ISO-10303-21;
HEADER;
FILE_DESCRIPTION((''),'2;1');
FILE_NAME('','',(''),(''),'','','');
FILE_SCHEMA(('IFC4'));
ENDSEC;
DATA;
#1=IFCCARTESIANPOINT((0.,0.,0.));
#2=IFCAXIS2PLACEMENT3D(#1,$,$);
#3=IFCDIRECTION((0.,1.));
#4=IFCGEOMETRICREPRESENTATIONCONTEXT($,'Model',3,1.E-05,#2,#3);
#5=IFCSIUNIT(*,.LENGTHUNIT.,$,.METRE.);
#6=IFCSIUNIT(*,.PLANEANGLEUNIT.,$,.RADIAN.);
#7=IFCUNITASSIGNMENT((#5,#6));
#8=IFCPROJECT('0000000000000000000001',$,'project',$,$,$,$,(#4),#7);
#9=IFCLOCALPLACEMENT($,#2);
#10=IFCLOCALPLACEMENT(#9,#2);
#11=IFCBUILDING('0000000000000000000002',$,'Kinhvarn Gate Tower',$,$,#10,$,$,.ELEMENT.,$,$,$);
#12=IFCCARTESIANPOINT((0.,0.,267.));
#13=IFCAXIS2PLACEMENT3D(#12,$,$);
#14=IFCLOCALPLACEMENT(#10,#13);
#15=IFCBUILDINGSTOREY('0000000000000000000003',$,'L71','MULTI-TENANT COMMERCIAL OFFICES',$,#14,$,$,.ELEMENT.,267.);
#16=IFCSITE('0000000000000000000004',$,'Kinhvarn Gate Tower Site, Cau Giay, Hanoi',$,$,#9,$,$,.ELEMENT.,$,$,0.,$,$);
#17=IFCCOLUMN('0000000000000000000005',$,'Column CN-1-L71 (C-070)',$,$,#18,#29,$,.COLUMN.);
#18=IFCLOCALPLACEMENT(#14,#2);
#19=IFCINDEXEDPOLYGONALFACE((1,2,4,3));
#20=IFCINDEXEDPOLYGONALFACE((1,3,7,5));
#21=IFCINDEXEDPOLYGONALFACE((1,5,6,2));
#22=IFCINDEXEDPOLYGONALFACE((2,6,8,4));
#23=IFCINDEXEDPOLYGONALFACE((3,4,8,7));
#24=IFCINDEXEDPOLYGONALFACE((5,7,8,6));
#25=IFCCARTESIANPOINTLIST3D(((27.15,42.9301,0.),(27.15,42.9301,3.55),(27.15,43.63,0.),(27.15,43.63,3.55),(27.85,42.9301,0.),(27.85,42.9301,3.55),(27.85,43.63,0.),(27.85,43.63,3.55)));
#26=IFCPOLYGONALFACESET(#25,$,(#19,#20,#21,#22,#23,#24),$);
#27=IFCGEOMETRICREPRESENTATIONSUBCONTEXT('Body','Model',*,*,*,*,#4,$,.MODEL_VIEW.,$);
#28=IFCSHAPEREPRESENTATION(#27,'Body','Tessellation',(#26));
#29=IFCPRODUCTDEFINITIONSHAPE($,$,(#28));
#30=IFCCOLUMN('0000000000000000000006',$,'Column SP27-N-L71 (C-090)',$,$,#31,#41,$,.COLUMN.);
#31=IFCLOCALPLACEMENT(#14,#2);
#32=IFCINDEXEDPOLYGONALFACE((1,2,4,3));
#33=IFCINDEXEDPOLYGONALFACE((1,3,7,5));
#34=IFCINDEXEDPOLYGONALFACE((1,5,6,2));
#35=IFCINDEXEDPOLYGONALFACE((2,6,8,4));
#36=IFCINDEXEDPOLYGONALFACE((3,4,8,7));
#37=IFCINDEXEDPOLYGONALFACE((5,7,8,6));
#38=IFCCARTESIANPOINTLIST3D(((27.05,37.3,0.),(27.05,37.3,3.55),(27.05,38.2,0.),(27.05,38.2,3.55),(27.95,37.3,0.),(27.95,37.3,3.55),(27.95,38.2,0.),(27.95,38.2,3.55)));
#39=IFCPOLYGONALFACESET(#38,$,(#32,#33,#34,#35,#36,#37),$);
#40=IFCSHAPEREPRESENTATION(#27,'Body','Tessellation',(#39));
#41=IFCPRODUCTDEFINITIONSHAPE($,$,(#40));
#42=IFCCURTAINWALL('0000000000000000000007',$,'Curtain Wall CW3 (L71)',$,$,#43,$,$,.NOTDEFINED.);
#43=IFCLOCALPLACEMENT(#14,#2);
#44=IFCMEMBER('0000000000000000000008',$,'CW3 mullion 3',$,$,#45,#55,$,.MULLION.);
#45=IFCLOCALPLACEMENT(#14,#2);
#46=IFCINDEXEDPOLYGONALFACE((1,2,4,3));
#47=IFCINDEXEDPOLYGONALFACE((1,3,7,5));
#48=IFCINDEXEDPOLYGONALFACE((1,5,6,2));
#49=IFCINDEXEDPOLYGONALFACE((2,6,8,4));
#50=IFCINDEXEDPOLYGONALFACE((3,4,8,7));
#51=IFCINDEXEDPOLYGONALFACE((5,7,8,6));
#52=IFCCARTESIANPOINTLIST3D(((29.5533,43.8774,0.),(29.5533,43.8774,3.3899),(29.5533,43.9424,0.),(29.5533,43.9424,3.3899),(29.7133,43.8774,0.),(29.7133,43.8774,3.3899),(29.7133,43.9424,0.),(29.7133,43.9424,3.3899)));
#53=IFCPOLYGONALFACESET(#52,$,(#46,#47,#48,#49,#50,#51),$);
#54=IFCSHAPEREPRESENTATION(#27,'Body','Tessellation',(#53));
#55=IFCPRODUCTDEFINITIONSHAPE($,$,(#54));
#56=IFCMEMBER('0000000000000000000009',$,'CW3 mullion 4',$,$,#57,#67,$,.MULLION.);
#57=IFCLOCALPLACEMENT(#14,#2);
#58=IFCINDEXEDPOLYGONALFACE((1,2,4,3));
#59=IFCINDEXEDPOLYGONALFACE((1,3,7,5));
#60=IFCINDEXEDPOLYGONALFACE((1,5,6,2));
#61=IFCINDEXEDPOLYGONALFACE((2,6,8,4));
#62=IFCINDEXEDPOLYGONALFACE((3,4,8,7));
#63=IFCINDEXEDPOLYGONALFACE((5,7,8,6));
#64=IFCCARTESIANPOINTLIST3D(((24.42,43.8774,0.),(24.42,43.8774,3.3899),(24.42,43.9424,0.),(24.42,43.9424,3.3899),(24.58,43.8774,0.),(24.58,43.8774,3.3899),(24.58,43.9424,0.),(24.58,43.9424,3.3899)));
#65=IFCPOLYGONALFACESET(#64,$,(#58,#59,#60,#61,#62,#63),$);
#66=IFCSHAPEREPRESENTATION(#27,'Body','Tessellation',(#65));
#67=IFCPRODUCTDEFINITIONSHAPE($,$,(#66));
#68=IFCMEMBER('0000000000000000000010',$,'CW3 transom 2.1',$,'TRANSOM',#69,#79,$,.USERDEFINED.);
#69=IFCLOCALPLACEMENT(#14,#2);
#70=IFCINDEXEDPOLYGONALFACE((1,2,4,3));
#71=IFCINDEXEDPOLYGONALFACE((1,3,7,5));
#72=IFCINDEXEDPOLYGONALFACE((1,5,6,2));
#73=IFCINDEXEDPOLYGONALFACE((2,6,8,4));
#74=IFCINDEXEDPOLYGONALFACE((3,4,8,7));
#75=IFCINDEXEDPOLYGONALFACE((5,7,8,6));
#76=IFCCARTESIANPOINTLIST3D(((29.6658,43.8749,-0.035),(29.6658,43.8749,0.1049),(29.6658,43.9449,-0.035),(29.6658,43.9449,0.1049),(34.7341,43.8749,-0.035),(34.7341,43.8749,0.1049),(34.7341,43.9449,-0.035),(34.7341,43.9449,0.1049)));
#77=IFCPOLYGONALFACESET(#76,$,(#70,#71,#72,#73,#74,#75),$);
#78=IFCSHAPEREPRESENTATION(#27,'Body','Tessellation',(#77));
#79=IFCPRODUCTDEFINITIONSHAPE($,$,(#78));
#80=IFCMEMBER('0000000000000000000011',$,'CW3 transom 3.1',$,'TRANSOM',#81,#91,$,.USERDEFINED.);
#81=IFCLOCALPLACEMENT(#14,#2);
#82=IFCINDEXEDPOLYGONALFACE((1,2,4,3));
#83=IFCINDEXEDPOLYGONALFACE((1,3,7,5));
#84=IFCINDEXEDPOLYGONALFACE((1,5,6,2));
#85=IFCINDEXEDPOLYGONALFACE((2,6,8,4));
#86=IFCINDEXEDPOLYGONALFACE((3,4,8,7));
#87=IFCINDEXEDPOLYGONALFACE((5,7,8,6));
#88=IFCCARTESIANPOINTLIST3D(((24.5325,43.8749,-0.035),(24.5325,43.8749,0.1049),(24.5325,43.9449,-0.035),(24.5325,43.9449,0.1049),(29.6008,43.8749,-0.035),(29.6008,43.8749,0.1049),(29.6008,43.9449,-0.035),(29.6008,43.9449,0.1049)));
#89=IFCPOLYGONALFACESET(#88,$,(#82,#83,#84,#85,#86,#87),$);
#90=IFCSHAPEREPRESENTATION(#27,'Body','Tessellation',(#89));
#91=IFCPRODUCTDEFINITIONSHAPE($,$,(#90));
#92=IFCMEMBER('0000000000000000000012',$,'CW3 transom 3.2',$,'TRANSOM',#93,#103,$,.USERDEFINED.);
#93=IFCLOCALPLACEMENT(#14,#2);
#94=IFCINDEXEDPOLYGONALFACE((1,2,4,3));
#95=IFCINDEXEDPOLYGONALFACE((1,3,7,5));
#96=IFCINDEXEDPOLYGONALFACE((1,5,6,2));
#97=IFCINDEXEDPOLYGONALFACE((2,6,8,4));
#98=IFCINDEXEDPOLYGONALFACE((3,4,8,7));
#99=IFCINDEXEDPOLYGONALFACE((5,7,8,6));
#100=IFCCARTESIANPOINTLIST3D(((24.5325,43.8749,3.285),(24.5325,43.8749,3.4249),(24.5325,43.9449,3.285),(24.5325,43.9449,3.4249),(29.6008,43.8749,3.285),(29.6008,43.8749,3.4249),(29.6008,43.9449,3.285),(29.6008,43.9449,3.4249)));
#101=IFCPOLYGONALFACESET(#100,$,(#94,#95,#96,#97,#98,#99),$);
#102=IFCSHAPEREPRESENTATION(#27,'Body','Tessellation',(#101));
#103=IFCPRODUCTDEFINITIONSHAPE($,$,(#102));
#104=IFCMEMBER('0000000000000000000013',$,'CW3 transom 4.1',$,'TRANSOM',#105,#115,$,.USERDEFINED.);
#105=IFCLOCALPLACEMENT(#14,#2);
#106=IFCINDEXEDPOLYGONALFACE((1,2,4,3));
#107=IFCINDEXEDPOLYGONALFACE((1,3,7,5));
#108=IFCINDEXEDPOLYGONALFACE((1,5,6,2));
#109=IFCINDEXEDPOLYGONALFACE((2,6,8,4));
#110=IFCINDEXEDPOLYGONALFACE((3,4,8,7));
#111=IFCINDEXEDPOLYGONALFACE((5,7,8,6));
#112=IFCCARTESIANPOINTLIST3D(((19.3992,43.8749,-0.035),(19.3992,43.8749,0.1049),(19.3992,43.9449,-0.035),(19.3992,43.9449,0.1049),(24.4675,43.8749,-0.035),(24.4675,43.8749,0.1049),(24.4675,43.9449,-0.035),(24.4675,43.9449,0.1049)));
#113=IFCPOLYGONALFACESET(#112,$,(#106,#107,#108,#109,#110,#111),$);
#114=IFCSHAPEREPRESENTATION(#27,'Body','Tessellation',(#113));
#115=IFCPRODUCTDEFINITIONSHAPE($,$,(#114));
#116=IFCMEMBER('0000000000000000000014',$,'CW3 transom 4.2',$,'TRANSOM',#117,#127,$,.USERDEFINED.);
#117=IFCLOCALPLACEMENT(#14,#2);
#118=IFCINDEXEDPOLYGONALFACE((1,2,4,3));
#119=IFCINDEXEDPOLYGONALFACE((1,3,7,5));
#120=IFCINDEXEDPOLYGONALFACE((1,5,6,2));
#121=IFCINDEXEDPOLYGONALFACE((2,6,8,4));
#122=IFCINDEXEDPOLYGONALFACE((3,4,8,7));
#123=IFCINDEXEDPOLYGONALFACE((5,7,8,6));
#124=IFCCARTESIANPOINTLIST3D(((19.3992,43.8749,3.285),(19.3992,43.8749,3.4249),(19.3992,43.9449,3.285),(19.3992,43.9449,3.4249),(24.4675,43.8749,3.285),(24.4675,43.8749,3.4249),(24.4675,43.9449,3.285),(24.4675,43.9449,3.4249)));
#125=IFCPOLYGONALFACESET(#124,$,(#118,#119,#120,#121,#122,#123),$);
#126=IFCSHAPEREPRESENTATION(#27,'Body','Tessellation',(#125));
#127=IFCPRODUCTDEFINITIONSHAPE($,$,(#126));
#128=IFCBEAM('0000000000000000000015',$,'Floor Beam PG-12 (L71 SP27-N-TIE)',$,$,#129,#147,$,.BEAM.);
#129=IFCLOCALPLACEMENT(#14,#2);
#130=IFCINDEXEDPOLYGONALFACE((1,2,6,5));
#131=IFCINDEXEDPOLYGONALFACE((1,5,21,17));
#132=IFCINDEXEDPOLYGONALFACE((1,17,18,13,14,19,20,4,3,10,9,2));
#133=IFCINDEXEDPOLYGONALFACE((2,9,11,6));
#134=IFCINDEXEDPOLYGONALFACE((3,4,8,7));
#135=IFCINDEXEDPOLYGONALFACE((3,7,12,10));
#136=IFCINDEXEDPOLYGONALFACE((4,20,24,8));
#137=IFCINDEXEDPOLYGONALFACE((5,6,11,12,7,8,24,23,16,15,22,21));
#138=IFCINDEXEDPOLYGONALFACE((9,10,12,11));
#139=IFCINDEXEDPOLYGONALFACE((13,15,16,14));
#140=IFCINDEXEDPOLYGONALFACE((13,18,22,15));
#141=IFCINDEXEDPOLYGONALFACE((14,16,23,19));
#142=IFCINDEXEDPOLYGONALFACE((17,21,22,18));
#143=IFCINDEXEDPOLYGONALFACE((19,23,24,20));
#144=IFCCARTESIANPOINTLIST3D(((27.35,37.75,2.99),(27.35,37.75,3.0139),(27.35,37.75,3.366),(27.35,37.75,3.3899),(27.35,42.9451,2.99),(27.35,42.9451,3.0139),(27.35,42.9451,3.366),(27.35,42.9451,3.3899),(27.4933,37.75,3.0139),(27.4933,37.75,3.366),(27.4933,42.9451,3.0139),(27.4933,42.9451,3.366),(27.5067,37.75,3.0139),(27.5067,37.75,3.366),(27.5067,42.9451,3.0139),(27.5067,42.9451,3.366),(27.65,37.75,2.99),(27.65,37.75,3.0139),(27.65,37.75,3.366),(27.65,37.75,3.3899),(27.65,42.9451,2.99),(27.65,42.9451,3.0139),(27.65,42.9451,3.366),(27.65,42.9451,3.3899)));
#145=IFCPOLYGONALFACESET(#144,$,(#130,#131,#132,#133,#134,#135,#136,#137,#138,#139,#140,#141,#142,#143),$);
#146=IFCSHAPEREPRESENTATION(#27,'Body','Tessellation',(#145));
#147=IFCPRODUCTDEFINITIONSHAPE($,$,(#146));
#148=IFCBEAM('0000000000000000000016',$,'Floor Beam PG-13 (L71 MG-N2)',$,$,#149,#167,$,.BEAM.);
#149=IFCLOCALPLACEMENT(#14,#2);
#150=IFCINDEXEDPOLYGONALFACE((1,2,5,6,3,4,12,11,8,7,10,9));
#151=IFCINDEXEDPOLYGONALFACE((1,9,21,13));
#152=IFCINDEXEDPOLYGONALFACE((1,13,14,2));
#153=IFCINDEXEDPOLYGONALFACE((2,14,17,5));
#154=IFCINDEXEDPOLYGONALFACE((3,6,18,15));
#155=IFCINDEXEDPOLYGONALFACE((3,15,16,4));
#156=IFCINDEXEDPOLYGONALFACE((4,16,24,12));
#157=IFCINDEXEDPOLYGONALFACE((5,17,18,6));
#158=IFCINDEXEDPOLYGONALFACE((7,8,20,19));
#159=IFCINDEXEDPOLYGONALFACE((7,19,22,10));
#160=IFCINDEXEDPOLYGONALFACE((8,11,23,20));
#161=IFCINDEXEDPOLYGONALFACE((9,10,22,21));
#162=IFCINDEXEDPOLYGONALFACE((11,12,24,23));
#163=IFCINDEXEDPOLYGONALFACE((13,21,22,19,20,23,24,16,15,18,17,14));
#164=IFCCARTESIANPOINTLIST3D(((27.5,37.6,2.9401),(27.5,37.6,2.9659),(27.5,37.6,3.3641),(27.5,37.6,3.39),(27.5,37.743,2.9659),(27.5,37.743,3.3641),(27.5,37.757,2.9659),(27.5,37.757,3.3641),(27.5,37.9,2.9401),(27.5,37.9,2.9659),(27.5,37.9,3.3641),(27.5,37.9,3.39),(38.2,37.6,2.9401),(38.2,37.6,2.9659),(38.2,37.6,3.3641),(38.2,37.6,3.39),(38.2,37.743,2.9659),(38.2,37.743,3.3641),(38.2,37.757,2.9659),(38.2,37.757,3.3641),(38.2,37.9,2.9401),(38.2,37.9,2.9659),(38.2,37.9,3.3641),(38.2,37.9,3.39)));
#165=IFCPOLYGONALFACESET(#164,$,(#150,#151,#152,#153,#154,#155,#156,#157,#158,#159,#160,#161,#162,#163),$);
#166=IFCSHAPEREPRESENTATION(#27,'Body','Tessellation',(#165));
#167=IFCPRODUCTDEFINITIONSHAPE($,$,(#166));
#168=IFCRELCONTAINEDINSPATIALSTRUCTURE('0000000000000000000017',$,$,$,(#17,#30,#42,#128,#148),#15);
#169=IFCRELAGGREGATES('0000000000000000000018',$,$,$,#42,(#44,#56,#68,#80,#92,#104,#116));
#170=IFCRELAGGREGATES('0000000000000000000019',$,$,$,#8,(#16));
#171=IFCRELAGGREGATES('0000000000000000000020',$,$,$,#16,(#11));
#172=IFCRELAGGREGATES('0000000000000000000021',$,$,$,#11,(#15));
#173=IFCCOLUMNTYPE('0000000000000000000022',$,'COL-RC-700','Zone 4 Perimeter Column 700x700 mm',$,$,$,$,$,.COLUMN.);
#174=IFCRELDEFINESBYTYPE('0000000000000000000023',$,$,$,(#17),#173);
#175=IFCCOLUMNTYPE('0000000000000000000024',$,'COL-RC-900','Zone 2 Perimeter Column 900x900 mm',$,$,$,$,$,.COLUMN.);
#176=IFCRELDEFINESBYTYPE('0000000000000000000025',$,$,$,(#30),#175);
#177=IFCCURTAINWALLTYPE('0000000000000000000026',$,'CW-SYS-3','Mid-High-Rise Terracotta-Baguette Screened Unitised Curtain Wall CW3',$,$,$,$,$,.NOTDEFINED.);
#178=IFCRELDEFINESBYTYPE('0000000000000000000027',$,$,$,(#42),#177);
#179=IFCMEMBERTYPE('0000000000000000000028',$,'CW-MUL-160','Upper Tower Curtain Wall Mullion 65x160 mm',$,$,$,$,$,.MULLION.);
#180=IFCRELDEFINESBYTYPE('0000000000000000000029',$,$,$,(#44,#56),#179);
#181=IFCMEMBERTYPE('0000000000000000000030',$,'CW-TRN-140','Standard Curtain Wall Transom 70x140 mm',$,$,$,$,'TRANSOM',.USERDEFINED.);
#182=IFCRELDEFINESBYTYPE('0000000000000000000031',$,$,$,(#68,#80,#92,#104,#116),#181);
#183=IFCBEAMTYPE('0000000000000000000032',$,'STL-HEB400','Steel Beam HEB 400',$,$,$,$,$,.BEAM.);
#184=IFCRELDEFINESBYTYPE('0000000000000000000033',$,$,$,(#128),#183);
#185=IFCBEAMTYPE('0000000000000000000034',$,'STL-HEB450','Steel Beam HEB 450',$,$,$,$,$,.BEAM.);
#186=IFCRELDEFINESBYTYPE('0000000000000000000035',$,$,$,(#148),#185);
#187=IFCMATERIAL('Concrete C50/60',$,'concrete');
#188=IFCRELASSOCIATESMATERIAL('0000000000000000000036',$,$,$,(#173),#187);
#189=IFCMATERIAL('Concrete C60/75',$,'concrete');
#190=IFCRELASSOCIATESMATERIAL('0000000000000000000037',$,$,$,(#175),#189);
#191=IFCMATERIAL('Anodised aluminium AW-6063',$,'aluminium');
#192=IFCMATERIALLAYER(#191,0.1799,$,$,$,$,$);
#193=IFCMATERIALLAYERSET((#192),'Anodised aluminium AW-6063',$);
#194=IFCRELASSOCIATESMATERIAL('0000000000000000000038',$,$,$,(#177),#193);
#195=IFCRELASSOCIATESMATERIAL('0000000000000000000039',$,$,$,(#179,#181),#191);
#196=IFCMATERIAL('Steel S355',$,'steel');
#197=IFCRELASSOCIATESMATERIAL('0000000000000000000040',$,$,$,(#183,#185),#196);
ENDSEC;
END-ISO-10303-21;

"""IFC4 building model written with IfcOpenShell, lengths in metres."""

from ifc_helpers import new_model, si_unit, direction, frame, origin, origin_2d, place, context, subcontext, project, spatial, rectangle, i_section, extrude, material, layer, layer_set, material_profile, profile_set, type_object, element, aggregate, save


model = new_model("IFC4")

# Units and contexts
model_context = context("Model", 3, precision=1e-05, world=origin(), true_north=direction((0.0, 1.0)))
body_context = subcontext(model_context, "Body", "Model", "MODEL_VIEW")
ifc_project = project(units=[si_unit("LENGTHUNIT", "METRE"), si_unit("PLANEANGLEUNIT", "RADIAN")], contexts=[model_context])

# Site, building, storey
site_placement = place(None, origin())
site = spatial("IfcSite", under=ifc_project, at=site_placement, Name="Kinhvarn Gate Tower Site, Cau Giay, Hanoi", CompositionType="ELEMENT", RefElevation=0.0)
building_placement = place(site_placement, origin())
building = spatial("IfcBuilding", under=site, at=building_placement, Name="Kinhvarn Gate Tower", CompositionType="ELEMENT")
storey_placement = place(building_placement, frame((0.0, 0.0, 267.0)))
storey = spatial("IfcBuildingStorey", under=building, at=storey_placement, Name="L71", Description="MULTI-TENANT COMMERCIAL OFFICES", CompositionType="ELEMENT", Elevation=267.0)

# Columns
ifc_material_1 = material(Name="Concrete C50/60", Category="concrete")
ifc_material_profile_1 = material_profile(ifc_material_1, rectangle(XDim=0.7, YDim=0.7, at=origin_2d()), Name="RC 700x700")
ifc_profile_set_1 = profile_set([ifc_material_profile_1], Name="Concrete C50/60")
column_type_1 = type_object("IfcColumnType", Name="COL-RC-700", Description="Zone 4 Perimeter Column 700x700 mm", PredefinedType="COLUMN", material=ifc_profile_set_1)
column_1_placement = place(storey_placement, frame((27.5, 43.28, 0.0), z_axis=(0.0, 0.0, 1.0), x_axis=(1.0, 0.0, 0.0)))
element("IfcColumn", 1, at=column_1_placement, inside=storey, type_object=column_type_1, Name="Column CN-1-L71 (C-070)", PredefinedType="COLUMN", context=body_context, shape_type="SweptSolid", body=[
    extrude(rectangle(XDim=0.7, YDim=0.7, at=origin_2d()), origin(), (0.0, 0.0, 1.0), 3.55),
])
ifc_material_2 = material(Name="Concrete C60/75", Category="concrete")
ifc_material_profile_2 = material_profile(ifc_material_2, rectangle(XDim=0.8999, YDim=0.8999, at=origin_2d()), Name="RC 900x900")
ifc_profile_set_2 = profile_set([ifc_material_profile_2], Name="Concrete C60/75")
column_type_2 = type_object("IfcColumnType", Name="COL-RC-900", Description="Zone 2 Perimeter Column 900x900 mm", PredefinedType="COLUMN", material=ifc_profile_set_2)
column_2_placement = place(storey_placement, frame((27.5, 37.75, 0.0), z_axis=(0.0, 0.0, 1.0), x_axis=(1.0, 0.0, 0.0)))
element("IfcColumn", 2, at=column_2_placement, inside=storey, type_object=column_type_2, Name="Column SP27-N-L71 (C-090)", PredefinedType="COLUMN", context=body_context, shape_type="SweptSolid", body=[
    extrude(rectangle(XDim=0.8999, YDim=0.8999, at=origin_2d()), origin(), (0.0, 0.0, 1.0), 3.55),
])

# Curtain wall, members
ifc_material_3 = material(Name="Anodised aluminium AW-6063", Category="aluminium")
ifc_layer_1 = layer(ifc_material_3, 0.1799)
ifc_layer_set_1 = layer_set([ifc_layer_1], Name="Anodised aluminium AW-6063")
curtain_wall_type = type_object("IfcCurtainWallType", Name="CW-SYS-3", Description="Mid-High-Rise Terracotta-Baguette Screened Unitised Curtain Wall CW3", PredefinedType="NOTDEFINED", material=ifc_layer_set_1)
curtain_wall_placement = place(storey_placement, origin())
curtain_wall = element("IfcCurtainWall", 3, at=curtain_wall_placement, inside=storey, type_object=curtain_wall_type, Name="Curtain Wall CW3 (L71)", PredefinedType="NOTDEFINED")
ifc_material_profile_3 = material_profile(ifc_material_3, rectangle(XDim=0.0649, YDim=0.1599, at=origin_2d()), Name="ALU 65x160")
ifc_profile_set_3 = profile_set([ifc_material_profile_3], Name="Anodised aluminium AW-6063")
member_type_1 = type_object("IfcMemberType", Name="CW-MUL-160", Description="Upper Tower Curtain Wall Mullion 65x160 mm", PredefinedType="MULLION", material=ifc_profile_set_3)
member_1_placement = place(storey_placement, frame((29.6333, 43.9099, 0.0), z_axis=(0.0, 0.0, 1.0), x_axis=(0.0, -1.0, 0.0)))
member_1 = element("IfcMember", 4, at=member_1_placement, type_object=member_type_1, Name="CW3 mullion 3", PredefinedType="MULLION", context=body_context, shape_type="SweptSolid", body=[
    extrude(rectangle(XDim=0.0649, YDim=0.1599, at=origin_2d()), origin(), (0.0, 0.0, 1.0), 3.3899),
])
member_2_placement = place(storey_placement, frame((24.5, 43.9099, 0.0), z_axis=(0.0, 0.0, 1.0), x_axis=(0.0, -1.0, 0.0)))
member_2 = element("IfcMember", 5, at=member_2_placement, type_object=member_type_1, Name="CW3 mullion 4", PredefinedType="MULLION", context=body_context, shape_type="SweptSolid", body=[
    extrude(rectangle(XDim=0.0649, YDim=0.1599, at=origin_2d()), origin(), (0.0, 0.0, 1.0), 3.3899),
])
ifc_material_profile_4 = material_profile(ifc_material_3, rectangle(XDim=0.0701, YDim=0.1399, at=origin_2d()), Name="ALU 70x140")
ifc_profile_set_4 = profile_set([ifc_material_profile_4], Name="Anodised aluminium AW-6063")
member_type_2 = type_object("IfcMemberType", Name="CW-TRN-140", Description="Standard Curtain Wall Transom 70x140 mm", ElementType="TRANSOM", PredefinedType="USERDEFINED", material=ifc_profile_set_4)
member_3_placement = place(storey_placement, frame((34.7341, 43.9099, 0.0349), z_axis=(-1.0, 0.0, 0.0), x_axis=(0.0, -1.0, 0.0)))
member_3 = element("IfcMember", 6, at=member_3_placement, type_object=member_type_2, Name="CW3 transom 2.1", ObjectType="TRANSOM", PredefinedType="USERDEFINED", context=body_context, shape_type="SweptSolid", body=[
    extrude(rectangle(XDim=0.0701, YDim=0.1399, at=origin_2d()), origin(), (0.0, 0.0, 1.0), 5.0684),
])
member_4_placement = place(storey_placement, frame((29.6008, 43.9099, 0.0349), z_axis=(-1.0, 0.0, 0.0), x_axis=(0.0, -1.0, 0.0)))
member_4 = element("IfcMember", 7, at=member_4_placement, type_object=member_type_2, Name="CW3 transom 3.1", ObjectType="TRANSOM", PredefinedType="USERDEFINED", context=body_context, shape_type="SweptSolid", body=[
    extrude(rectangle(XDim=0.0701, YDim=0.1399, at=origin_2d()), origin(), (0.0, 0.0, 1.0), 5.0684),
])
member_5_placement = place(storey_placement, frame((29.6008, 43.9099, 3.355), z_axis=(-1.0, 0.0, 0.0), x_axis=(0.0, -1.0, 0.0)))
member_5 = element("IfcMember", 8, at=member_5_placement, type_object=member_type_2, Name="CW3 transom 3.2", ObjectType="TRANSOM", PredefinedType="USERDEFINED", context=body_context, shape_type="SweptSolid", body=[
    extrude(rectangle(XDim=0.0701, YDim=0.1399, at=origin_2d()), origin(), (0.0, 0.0, 1.0), 5.0684),
])
member_6_placement = place(storey_placement, frame((24.4675, 43.9099, 0.0349), z_axis=(-1.0, 0.0, 0.0), x_axis=(0.0, -1.0, 0.0)))
member_6 = element("IfcMember", 9, at=member_6_placement, type_object=member_type_2, Name="CW3 transom 4.1", ObjectType="TRANSOM", PredefinedType="USERDEFINED", context=body_context, shape_type="SweptSolid", body=[
    extrude(rectangle(XDim=0.0701, YDim=0.1399, at=origin_2d()), origin(), (0.0, 0.0, 1.0), 5.0684),
])
member_7_placement = place(storey_placement, frame((24.4675, 43.9099, 3.355), z_axis=(-1.0, 0.0, 0.0), x_axis=(0.0, -1.0, 0.0)))
member_7 = element("IfcMember", 10, at=member_7_placement, type_object=member_type_2, Name="CW3 transom 4.2", ObjectType="TRANSOM", PredefinedType="USERDEFINED", context=body_context, shape_type="SweptSolid", body=[
    extrude(rectangle(XDim=0.0701, YDim=0.1399, at=origin_2d()), origin(), (0.0, 0.0, 1.0), 5.0684),
])

# Beams
ifc_material_4 = material(Name="Steel S355", Category="steel")
ifc_material_profile_5 = material_profile(ifc_material_4, i_section(OverallWidth=0.3, OverallDepth=0.3999, WebThickness=0.0134, FlangeThickness=0.0239, at=origin_2d()), Name="HEB 400")
ifc_profile_set_5 = profile_set([ifc_material_profile_5], Name="Steel S355")
beam_type_1 = type_object("IfcBeamType", Name="STL-HEB400", Description="Steel Beam HEB 400", PredefinedType="BEAM", material=ifc_profile_set_5)
beam_1_placement = place(storey_placement, frame((27.5, 37.75, 3.1899), z_axis=(0.0, 1.0, 0.0), x_axis=(-1.0, 0.0, 0.0)))
element("IfcBeam", 11, at=beam_1_placement, inside=storey, type_object=beam_type_1, Name="Floor Beam PG-12 (L71 SP27-N-TIE)", PredefinedType="BEAM", context=body_context, shape_type="SweptSolid", body=[
    extrude(i_section(OverallWidth=0.3, OverallDepth=0.3999, WebThickness=0.0134, FlangeThickness=0.0239, at=origin_2d()), origin(), (0.0, 0.0, 1.0), 5.1951),
])
ifc_material_profile_6 = material_profile(ifc_material_4, i_section(OverallWidth=0.3, OverallDepth=0.45, WebThickness=0.0139, FlangeThickness=0.0259, at=origin_2d()), Name="HEB 450")
ifc_profile_set_6 = profile_set([ifc_material_profile_6], Name="Steel S355")
beam_type_2 = type_object("IfcBeamType", Name="STL-HEB450", Description="Steel Beam HEB 450", PredefinedType="BEAM", material=ifc_profile_set_6)
beam_2_placement = place(storey_placement, frame((27.5, 37.75, 3.165), z_axis=(1.0, 0.0, 0.0), x_axis=(0.0, 1.0, 0.0)))
element("IfcBeam", 12, at=beam_2_placement, inside=storey, type_object=beam_type_2, Name="Floor Beam PG-13 (L71 MG-N2)", PredefinedType="BEAM", context=body_context, shape_type="SweptSolid", body=[
    extrude(i_section(OverallWidth=0.3, OverallDepth=0.45, WebThickness=0.0139, FlangeThickness=0.0259, at=origin_2d()), origin(), (0.0, 0.0, 1.0), 10.7),
])

aggregate(curtain_wall, [member_1, member_2, member_3, member_4, member_5, member_6, member_7])

save(model, "model.ifc")
